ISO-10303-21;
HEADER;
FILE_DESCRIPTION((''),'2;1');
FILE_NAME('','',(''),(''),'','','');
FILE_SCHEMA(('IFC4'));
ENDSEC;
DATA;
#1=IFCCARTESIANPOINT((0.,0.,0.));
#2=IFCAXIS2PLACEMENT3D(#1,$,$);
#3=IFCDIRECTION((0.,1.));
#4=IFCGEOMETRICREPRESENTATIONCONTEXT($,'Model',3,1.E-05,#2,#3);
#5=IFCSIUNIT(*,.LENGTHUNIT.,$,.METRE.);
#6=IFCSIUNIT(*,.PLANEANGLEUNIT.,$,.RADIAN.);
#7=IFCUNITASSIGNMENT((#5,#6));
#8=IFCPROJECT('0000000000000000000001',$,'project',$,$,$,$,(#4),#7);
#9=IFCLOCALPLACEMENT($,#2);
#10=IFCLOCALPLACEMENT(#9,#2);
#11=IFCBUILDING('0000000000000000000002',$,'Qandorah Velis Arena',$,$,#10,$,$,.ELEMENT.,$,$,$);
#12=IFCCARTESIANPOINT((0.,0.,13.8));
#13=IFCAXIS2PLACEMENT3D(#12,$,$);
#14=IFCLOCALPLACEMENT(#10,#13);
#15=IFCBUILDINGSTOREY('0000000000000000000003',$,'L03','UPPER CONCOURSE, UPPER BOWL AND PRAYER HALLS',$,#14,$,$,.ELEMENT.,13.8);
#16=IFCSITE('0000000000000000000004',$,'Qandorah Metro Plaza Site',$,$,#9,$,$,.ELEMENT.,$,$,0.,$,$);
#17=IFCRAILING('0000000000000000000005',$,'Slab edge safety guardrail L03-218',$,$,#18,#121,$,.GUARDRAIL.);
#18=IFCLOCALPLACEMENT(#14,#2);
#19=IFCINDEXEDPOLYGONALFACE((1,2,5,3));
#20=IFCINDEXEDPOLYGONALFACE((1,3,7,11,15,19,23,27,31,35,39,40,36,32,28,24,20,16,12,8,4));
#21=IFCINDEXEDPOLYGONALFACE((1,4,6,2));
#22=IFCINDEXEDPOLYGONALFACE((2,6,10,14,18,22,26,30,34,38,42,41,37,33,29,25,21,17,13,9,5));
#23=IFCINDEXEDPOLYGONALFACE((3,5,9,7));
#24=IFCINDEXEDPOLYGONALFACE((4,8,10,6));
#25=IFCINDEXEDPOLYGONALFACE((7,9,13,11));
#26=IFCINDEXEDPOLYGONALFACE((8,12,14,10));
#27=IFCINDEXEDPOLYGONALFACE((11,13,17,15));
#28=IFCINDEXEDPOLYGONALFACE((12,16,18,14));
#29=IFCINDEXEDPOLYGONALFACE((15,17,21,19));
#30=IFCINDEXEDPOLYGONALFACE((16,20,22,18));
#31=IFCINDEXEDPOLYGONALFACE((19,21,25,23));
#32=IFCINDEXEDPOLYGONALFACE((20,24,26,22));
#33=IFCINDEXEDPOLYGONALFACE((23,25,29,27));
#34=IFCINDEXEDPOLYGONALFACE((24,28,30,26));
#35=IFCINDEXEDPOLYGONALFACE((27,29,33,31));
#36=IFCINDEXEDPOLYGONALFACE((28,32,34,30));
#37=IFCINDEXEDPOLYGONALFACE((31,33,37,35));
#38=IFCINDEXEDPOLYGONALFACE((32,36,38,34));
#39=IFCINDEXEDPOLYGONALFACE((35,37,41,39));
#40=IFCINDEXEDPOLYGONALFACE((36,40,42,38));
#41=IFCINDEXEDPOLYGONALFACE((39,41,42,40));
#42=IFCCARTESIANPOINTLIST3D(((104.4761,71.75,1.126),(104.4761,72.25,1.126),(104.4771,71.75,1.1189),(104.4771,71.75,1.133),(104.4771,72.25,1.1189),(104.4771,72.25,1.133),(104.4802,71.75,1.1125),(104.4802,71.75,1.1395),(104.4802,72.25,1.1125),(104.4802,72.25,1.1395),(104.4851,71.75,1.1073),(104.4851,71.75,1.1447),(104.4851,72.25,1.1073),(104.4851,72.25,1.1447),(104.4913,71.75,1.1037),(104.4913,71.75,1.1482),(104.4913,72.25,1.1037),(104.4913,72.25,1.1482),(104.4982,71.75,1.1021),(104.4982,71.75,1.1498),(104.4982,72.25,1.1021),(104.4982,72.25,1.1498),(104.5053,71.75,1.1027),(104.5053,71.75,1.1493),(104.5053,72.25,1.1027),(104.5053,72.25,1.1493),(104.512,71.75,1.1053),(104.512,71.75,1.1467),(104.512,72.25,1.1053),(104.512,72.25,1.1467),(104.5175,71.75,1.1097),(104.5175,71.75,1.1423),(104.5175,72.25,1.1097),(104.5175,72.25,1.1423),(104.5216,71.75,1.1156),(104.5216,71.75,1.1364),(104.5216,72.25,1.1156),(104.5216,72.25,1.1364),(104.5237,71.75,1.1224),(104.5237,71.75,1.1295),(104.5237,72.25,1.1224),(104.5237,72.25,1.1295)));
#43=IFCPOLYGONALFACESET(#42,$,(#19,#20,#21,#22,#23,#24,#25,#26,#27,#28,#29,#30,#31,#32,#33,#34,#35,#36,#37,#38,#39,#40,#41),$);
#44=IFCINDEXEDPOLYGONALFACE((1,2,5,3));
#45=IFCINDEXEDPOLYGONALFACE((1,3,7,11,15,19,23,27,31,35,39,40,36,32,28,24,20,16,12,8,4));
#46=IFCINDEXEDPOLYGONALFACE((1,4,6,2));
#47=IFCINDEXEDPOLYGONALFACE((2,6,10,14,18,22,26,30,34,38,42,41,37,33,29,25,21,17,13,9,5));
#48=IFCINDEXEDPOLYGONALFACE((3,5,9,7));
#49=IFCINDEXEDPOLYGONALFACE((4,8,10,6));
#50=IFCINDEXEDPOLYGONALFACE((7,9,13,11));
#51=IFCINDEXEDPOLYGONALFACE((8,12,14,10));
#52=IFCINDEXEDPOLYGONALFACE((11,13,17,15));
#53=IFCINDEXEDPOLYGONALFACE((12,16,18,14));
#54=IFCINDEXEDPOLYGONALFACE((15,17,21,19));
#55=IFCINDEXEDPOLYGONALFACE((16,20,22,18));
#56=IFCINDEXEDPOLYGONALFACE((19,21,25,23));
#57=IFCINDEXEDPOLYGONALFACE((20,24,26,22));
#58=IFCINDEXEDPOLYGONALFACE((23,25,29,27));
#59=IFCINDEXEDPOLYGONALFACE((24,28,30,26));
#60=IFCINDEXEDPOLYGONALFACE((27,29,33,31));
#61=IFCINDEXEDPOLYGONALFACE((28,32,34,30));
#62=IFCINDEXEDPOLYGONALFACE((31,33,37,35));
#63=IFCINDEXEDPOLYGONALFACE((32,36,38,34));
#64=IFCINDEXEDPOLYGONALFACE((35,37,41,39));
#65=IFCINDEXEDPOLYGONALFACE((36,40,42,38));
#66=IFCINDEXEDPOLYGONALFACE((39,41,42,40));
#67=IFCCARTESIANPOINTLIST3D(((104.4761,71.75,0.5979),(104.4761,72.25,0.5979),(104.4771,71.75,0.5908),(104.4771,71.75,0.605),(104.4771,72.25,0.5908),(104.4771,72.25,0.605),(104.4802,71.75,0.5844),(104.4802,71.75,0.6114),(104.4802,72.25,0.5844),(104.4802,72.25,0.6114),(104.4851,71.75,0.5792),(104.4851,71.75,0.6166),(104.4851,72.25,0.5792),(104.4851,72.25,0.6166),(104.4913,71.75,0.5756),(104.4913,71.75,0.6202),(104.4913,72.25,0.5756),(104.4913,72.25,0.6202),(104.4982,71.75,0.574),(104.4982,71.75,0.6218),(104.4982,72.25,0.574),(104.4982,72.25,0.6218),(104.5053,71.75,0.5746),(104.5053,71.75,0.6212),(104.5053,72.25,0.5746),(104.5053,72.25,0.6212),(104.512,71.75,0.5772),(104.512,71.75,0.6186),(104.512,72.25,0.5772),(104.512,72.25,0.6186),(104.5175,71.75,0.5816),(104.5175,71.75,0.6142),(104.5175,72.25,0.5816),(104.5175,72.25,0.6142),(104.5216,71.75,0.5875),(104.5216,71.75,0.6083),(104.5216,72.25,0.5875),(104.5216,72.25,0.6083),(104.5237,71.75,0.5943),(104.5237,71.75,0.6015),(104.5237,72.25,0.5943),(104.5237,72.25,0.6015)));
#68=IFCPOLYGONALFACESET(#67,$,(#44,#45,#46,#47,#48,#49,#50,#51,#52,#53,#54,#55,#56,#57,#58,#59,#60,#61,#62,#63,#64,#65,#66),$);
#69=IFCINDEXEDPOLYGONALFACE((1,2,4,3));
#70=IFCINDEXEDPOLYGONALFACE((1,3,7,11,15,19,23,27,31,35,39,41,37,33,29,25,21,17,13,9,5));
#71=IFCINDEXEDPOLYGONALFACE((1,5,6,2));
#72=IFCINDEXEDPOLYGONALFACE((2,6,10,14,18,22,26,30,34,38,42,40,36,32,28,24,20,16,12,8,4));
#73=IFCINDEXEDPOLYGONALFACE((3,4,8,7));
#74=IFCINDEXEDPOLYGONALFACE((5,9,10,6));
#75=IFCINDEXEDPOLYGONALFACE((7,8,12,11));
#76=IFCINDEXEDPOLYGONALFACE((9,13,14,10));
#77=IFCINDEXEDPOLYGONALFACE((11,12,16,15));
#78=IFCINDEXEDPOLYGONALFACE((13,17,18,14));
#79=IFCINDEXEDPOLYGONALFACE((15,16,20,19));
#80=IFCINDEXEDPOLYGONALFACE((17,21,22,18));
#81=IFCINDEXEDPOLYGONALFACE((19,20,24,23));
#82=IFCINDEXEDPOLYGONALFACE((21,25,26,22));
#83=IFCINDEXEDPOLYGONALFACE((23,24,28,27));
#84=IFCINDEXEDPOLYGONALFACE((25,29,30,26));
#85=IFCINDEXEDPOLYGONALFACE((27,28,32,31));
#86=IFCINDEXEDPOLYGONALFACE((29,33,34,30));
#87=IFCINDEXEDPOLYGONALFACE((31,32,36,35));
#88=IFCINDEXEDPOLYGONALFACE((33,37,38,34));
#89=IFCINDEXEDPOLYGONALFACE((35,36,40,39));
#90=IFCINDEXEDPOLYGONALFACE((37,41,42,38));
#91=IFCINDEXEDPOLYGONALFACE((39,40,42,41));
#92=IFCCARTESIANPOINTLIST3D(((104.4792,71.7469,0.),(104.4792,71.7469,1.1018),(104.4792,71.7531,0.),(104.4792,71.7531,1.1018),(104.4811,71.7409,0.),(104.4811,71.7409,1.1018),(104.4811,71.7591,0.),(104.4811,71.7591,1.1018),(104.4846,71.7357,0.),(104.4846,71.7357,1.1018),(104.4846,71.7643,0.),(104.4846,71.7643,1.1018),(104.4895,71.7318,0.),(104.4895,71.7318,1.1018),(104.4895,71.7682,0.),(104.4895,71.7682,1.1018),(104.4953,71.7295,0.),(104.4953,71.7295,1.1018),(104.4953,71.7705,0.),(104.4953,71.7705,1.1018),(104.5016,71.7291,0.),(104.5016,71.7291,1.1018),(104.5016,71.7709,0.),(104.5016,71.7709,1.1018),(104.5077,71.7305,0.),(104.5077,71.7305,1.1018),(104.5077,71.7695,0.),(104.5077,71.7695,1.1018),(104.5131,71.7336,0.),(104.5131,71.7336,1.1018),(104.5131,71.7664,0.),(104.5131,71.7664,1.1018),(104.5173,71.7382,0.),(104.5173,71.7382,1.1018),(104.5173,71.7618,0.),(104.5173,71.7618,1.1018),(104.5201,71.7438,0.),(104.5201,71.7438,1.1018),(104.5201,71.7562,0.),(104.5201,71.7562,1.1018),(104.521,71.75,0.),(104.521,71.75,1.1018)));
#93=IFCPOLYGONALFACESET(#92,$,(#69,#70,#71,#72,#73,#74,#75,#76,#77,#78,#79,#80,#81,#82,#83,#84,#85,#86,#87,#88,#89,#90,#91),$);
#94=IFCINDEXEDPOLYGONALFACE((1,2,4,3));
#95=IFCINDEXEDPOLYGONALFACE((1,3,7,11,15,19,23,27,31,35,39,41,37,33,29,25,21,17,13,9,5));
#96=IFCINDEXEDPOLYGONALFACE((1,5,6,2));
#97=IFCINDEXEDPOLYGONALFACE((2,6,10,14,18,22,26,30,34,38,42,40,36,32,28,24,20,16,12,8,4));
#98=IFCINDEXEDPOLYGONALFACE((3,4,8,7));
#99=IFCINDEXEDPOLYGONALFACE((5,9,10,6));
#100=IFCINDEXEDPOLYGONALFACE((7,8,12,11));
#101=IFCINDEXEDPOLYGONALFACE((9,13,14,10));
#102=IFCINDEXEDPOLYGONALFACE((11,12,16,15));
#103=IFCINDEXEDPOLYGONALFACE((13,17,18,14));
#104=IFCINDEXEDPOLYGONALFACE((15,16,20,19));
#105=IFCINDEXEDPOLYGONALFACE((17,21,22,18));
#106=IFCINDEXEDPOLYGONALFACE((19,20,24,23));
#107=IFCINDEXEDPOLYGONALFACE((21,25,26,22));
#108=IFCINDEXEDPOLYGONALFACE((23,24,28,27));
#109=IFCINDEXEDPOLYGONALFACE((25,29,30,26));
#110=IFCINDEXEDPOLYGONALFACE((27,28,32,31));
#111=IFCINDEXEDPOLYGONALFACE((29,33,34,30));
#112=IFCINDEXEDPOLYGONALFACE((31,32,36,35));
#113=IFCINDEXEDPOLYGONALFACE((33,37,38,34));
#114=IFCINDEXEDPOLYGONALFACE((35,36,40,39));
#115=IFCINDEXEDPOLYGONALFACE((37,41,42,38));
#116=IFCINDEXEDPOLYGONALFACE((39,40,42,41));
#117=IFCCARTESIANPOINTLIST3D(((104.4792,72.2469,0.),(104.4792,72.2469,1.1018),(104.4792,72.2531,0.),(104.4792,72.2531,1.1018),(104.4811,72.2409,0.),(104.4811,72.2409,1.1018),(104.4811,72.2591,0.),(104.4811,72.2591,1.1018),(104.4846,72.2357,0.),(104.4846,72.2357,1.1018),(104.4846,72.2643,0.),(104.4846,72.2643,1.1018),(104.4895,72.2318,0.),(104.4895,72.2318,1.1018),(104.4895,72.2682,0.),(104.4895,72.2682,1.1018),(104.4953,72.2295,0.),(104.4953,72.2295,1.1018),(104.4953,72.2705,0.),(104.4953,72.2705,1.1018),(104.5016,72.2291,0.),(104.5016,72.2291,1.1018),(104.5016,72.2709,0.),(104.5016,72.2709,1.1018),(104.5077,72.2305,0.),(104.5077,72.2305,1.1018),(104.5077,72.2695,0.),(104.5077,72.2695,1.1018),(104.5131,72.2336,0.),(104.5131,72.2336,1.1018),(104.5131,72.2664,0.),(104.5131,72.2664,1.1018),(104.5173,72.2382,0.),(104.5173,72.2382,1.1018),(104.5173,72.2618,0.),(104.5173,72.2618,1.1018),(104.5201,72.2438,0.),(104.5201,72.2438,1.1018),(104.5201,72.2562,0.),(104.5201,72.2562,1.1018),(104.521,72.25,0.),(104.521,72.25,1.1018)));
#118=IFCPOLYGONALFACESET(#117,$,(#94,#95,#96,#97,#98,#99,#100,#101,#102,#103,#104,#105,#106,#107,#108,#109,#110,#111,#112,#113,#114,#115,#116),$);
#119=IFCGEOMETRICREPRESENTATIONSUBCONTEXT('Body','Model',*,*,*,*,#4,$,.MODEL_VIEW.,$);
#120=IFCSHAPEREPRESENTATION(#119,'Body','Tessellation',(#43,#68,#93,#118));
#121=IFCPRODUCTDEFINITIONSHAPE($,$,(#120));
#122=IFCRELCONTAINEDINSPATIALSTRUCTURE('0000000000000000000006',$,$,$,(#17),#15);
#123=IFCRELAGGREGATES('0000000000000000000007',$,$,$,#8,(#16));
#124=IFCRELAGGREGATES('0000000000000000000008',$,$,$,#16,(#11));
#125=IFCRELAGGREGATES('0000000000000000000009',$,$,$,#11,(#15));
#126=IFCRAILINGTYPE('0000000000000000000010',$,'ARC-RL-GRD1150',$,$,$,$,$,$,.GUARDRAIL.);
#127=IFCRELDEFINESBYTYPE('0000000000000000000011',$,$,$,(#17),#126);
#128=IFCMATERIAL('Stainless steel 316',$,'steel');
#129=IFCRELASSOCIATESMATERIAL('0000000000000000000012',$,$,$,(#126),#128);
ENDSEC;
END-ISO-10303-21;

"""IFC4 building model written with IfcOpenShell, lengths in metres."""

from ifc_helpers import new_model, si_unit, direction, frame, origin, origin_2d, place, context, subcontext, project, spatial, circle, extrude, material, type_object, element, save


model = new_model("IFC4")

# Units and contexts
model_context = context("Model", 3, precision=1e-05, world=origin(), true_north=direction((0.0, 1.0)))
body_context = subcontext(model_context, "Body", "Model", "MODEL_VIEW")
ifc_project = project(units=[si_unit("LENGTHUNIT", "METRE"), si_unit("PLANEANGLEUNIT", "RADIAN")], contexts=[model_context])

# Site, building, storey
site_placement = place(None, origin())
site = spatial("IfcSite", under=ifc_project, at=site_placement, Name="Qandorah Metro Plaza Site", CompositionType="ELEMENT", RefElevation=0.0)
building_placement = place(site_placement, origin())
building = spatial("IfcBuilding", under=site, at=building_placement, Name="Qandorah Velis Arena", CompositionType="ELEMENT")
storey_placement = place(building_placement, frame((0.0, 0.0, 13.8)))
storey = spatial("IfcBuildingStorey", under=building, at=storey_placement, Name="L03", Description="UPPER CONCOURSE, UPPER BOWL AND PRAYER HALLS", CompositionType="ELEMENT", Elevation=13.8)

# Railing
ifc_material_1 = material(Name="Stainless steel 316", Category="steel")
railing_type = type_object("IfcRailingType", Name="ARC-RL-GRD1150", PredefinedType="GUARDRAIL", material=ifc_material_1)
for number, where, name in (
    (1, (104.5, 71.75, 0.0), "Slab edge safety guardrail L03-218"),
):
    element("IfcRailing", number, at=place(storey_placement, frame(where)), inside=storey, type_object=railing_type, Name=name, PredefinedType="GUARDRAIL", context=body_context, shape_type="SweptSolid", body=[
        extrude(circle(Radius=0.0239, at=origin_2d()), frame((0.0, 0.0, 1.126), z_axis=(0.0, 1.0, 0.0), x_axis=(-1.0, 0.0, 0.0)), (0.0, 0.0, 1.0), 0.5),
        extrude(circle(Radius=0.0239, at=origin_2d()), frame((0.0, 0.0, 0.5979), z_axis=(0.0, 1.0, 0.0), x_axis=(-1.0, 0.0, 0.0)), (0.0, 0.0, 1.0), 0.5),
        extrude(circle(Radius=0.021, at=origin_2d()), origin(), (0.0, 0.0, 1.0), 1.1018),
        extrude(circle(Radius=0.021, at=origin_2d()), frame((0.0, 0.5, 0.0)), (0.0, 0.0, 1.0), 1.1018),
    ])

save(model, "model.ifc")
